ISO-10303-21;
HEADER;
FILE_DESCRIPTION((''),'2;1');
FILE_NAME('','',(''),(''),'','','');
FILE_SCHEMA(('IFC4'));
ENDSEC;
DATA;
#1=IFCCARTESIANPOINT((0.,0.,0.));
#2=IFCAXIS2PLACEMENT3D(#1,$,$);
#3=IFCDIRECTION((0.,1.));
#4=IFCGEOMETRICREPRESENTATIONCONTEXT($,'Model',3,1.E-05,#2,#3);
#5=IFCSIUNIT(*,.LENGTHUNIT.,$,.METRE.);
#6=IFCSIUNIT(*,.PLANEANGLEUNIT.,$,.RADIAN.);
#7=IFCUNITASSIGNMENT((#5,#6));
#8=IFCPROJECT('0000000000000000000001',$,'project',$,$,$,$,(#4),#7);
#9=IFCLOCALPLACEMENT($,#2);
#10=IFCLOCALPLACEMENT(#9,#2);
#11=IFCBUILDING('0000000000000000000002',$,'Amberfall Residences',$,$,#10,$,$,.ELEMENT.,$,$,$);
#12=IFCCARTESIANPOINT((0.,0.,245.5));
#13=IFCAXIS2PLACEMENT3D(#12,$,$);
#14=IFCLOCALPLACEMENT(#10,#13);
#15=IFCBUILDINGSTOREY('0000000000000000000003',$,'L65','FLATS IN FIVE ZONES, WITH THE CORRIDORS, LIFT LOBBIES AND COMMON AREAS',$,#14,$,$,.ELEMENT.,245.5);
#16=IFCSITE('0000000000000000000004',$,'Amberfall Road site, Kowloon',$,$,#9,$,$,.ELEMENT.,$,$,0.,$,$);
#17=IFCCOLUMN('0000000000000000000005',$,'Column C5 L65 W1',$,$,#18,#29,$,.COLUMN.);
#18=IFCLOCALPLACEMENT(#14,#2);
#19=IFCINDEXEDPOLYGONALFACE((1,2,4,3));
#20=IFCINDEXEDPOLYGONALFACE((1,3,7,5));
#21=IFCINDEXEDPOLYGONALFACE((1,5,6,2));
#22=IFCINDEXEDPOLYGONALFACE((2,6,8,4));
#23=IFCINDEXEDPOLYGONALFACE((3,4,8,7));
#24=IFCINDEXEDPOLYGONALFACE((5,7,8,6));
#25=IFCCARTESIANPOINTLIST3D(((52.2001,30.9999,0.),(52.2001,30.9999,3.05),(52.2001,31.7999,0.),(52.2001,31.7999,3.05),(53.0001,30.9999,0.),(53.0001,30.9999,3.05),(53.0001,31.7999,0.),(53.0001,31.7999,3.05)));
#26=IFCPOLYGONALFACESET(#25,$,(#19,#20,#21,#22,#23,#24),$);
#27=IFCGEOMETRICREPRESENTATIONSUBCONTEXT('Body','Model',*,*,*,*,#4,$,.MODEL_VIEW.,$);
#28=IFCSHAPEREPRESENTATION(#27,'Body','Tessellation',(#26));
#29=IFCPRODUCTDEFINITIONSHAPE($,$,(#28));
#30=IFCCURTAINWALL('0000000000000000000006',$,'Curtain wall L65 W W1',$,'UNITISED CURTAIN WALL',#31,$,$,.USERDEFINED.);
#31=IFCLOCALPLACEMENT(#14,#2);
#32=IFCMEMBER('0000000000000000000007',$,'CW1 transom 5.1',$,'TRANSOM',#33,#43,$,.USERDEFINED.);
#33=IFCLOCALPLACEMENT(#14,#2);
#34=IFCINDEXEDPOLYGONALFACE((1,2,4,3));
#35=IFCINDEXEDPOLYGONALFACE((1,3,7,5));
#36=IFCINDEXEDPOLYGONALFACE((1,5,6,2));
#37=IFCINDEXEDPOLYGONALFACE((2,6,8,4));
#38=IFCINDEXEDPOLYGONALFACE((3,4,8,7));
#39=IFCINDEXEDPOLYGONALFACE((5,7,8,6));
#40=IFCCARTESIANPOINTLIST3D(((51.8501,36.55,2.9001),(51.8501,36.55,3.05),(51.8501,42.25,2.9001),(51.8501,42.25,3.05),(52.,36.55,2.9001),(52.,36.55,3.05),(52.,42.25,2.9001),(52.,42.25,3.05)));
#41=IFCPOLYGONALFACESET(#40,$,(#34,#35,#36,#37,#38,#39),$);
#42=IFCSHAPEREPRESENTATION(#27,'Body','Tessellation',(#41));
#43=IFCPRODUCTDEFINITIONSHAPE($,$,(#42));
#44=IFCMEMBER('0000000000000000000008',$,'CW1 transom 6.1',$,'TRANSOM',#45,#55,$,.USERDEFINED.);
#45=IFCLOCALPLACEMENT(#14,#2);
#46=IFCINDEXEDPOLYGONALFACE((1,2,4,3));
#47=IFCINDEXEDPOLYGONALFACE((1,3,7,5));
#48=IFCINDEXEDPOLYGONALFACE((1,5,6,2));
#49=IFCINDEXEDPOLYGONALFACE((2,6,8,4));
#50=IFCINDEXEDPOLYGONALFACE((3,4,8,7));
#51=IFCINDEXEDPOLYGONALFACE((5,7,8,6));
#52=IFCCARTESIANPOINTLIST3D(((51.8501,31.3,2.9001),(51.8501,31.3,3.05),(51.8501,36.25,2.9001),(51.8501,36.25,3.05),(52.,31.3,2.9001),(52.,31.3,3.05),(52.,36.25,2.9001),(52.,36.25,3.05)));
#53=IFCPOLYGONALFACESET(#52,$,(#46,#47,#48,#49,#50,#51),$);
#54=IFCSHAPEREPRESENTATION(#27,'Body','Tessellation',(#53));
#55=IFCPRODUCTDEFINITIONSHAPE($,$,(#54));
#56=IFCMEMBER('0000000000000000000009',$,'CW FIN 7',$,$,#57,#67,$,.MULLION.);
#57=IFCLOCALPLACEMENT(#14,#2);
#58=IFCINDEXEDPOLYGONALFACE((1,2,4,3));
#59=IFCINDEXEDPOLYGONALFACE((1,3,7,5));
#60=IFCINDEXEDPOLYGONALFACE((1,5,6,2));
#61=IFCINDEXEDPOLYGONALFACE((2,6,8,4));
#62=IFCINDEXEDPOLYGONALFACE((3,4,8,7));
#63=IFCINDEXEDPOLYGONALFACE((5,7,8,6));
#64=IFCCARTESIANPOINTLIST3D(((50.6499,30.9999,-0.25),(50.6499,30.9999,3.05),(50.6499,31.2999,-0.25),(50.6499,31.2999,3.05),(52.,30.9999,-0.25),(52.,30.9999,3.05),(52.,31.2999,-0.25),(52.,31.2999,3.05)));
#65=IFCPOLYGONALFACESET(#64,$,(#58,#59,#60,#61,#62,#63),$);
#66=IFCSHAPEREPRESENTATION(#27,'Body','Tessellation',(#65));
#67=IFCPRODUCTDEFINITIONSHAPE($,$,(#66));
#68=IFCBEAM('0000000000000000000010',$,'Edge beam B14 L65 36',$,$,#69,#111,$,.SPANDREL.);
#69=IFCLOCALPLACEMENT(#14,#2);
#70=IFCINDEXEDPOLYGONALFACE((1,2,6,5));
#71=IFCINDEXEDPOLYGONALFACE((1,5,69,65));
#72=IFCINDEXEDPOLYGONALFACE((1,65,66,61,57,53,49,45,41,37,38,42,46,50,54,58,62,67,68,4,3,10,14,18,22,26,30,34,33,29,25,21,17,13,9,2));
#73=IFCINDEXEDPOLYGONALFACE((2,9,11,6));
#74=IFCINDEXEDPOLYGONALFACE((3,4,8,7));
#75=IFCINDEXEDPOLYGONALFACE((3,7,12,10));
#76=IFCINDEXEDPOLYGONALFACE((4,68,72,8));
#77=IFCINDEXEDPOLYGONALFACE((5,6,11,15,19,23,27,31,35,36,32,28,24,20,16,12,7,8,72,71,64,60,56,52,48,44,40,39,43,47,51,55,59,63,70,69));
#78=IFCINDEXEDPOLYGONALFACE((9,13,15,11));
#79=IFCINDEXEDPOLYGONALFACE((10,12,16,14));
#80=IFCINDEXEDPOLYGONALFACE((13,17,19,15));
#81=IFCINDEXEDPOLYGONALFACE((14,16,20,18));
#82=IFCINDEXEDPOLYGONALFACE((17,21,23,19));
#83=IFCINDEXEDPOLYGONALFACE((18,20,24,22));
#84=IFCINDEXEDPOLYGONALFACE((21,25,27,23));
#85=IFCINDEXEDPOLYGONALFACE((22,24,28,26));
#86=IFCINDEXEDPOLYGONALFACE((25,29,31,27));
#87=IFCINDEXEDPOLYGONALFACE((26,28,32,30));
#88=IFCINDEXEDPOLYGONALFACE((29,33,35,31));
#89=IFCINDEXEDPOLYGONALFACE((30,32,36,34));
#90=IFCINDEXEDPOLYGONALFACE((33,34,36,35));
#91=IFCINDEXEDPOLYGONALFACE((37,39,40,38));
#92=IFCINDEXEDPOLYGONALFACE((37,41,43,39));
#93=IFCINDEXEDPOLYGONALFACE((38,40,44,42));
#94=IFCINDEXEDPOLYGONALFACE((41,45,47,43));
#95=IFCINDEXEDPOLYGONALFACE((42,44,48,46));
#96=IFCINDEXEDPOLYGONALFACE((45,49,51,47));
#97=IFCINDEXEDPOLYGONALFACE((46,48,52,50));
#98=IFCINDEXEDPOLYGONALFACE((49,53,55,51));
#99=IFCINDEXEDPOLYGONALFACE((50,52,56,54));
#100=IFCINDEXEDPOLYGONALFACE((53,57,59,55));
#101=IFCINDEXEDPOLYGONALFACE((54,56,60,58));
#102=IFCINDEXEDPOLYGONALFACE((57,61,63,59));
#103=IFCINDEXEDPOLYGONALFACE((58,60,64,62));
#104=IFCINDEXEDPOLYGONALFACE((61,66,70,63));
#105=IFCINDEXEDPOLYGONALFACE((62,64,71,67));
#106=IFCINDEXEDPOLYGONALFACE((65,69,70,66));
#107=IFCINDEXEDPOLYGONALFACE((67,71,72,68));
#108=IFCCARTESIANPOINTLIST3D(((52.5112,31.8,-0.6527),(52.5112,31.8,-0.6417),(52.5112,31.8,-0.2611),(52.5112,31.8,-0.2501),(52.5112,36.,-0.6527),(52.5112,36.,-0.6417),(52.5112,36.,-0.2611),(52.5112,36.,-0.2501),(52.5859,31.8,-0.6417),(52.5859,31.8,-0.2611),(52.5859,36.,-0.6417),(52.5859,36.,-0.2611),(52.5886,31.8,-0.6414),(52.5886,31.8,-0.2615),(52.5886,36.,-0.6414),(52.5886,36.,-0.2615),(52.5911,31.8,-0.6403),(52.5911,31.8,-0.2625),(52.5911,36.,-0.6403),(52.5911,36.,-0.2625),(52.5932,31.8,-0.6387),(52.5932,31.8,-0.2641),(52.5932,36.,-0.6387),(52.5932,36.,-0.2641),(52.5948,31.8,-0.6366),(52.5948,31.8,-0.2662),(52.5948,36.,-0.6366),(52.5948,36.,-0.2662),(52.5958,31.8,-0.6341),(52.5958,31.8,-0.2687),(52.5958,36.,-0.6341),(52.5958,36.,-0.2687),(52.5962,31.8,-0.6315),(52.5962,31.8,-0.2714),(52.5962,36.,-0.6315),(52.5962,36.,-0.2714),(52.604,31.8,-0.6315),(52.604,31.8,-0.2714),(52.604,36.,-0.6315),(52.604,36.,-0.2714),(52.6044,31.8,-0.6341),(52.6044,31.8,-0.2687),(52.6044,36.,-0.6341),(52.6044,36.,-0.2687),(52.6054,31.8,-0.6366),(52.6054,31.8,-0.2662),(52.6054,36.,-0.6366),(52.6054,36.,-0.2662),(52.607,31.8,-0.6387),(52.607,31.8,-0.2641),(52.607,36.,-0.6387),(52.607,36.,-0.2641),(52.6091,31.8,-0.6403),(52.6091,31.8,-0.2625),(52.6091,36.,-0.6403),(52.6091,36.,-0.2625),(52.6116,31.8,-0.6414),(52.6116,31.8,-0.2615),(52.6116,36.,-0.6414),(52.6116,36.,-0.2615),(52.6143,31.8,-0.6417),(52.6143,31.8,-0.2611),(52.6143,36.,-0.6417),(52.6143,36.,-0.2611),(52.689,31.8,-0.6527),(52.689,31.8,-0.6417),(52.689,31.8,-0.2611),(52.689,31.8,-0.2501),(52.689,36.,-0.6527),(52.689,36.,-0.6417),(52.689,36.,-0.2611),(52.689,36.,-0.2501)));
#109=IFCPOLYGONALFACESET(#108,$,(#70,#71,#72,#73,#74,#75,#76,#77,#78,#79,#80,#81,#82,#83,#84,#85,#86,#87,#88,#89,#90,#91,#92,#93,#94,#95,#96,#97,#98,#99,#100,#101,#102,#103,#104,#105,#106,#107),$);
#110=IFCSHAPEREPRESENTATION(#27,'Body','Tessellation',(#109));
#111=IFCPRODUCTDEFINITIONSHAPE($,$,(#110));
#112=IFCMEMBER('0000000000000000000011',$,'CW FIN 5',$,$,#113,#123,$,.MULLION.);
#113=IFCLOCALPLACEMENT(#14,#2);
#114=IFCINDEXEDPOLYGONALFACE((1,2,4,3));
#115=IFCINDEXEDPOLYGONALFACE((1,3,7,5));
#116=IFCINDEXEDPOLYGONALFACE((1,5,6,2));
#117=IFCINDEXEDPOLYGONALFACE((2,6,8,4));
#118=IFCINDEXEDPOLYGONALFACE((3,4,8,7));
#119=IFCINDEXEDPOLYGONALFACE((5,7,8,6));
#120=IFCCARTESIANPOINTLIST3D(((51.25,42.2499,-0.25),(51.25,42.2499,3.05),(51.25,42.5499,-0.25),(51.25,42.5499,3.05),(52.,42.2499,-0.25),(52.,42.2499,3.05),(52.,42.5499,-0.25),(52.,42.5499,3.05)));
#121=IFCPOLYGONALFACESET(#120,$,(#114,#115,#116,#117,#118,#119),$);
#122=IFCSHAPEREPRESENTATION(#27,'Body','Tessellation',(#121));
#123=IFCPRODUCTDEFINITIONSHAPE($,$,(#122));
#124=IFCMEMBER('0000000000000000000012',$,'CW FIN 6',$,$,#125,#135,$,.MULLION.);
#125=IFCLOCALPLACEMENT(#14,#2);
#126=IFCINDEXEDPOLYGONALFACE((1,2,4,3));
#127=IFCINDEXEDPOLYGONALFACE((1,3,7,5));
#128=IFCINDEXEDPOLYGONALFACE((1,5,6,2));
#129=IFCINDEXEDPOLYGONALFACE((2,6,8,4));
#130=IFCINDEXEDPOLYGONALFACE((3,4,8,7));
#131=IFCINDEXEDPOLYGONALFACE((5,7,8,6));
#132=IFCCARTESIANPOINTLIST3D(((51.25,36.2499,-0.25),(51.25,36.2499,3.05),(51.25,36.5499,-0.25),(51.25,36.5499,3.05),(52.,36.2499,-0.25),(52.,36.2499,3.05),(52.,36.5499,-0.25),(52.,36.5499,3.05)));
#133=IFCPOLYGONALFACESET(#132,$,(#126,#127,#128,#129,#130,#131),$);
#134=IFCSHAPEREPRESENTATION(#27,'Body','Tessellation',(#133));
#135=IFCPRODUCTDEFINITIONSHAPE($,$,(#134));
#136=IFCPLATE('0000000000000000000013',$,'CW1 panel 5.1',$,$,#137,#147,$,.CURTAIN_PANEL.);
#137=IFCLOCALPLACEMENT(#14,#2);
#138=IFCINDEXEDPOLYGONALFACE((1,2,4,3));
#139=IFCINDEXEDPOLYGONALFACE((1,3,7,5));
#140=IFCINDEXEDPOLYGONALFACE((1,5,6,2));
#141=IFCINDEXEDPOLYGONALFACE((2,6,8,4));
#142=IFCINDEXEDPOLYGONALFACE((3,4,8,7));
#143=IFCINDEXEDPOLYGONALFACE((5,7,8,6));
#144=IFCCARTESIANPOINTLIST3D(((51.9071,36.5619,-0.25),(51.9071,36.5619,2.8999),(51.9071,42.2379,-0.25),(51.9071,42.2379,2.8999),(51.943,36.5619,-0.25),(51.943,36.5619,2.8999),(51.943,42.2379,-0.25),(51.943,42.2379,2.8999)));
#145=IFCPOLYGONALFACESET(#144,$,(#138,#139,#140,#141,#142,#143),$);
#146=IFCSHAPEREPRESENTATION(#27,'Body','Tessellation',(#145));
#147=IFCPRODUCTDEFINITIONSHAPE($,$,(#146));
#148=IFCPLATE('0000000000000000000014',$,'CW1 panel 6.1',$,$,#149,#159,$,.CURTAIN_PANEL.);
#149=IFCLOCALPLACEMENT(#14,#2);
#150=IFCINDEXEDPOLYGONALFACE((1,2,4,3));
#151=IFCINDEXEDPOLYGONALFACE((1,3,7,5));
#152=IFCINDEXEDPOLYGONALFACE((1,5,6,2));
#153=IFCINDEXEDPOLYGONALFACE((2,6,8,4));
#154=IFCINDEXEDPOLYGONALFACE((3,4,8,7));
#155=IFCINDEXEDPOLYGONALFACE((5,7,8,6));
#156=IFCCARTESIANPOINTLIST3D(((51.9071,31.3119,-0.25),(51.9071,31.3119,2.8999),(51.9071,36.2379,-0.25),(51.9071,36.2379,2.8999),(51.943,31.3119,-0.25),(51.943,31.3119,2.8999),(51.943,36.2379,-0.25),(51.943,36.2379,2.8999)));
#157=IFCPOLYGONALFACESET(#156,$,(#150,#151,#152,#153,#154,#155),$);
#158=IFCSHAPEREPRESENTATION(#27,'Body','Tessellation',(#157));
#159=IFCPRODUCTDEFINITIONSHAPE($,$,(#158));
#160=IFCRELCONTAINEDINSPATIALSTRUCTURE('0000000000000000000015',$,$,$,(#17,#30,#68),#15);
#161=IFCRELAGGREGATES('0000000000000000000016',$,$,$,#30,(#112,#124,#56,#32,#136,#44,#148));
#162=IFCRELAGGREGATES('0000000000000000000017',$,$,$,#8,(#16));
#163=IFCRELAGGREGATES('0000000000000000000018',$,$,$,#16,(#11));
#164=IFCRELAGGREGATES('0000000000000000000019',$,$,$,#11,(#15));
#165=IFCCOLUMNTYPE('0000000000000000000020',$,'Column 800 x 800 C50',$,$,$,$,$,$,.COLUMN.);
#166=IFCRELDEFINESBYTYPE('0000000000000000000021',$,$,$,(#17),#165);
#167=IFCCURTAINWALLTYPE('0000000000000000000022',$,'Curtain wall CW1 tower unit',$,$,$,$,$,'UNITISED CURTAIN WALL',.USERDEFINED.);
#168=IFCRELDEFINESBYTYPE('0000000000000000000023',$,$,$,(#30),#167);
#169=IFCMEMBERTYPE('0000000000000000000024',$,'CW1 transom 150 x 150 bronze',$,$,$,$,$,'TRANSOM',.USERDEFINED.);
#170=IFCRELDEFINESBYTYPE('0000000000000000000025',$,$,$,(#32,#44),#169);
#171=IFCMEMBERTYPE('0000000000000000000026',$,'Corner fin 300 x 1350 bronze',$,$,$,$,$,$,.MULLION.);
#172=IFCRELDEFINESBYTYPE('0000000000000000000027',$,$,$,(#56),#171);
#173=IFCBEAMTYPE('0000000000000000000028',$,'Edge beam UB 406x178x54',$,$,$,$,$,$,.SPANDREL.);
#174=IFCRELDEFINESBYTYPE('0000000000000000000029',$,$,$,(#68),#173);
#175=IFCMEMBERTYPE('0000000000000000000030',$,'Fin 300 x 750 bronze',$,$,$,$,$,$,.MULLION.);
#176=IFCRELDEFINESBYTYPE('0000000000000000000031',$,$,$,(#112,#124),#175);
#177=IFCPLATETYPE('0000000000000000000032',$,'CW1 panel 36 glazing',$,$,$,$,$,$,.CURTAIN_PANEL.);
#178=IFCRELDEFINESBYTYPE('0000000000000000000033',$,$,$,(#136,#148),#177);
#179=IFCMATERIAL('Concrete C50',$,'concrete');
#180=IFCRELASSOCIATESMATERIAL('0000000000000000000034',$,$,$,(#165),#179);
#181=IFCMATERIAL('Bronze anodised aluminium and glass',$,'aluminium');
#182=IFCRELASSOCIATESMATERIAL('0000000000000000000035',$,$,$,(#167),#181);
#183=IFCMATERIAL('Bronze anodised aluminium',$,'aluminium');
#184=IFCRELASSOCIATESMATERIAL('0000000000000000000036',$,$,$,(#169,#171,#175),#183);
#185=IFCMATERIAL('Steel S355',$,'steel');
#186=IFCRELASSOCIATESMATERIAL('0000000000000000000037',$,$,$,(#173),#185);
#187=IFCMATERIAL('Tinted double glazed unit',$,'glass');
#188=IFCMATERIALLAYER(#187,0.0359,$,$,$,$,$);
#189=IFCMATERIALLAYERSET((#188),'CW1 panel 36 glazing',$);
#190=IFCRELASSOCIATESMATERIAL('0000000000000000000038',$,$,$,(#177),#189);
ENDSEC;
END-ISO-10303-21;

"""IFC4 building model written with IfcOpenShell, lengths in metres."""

from ifc_helpers import new_model, si_unit, direction, frame, origin, origin_2d, place, context, subcontext, project, spatial, rectangle, i_section, extrude, material, layer, layer_set, material_profile, profile_set, type_object, element, aggregate, save


model = new_model("IFC4")

# Units and contexts
model_context = context("Model", 3, precision=1e-05, world=origin(), true_north=direction((0.0, 1.0)))
body_context = subcontext(model_context, "Body", "Model", "MODEL_VIEW")
ifc_project = project(units=[si_unit("LENGTHUNIT", "METRE"), si_unit("PLANEANGLEUNIT", "RADIAN")], contexts=[model_context])

# Site, building, storey
site_placement = place(None, origin())
site = spatial("IfcSite", under=ifc_project, at=site_placement, Name="Amberfall Road site, Kowloon", CompositionType="ELEMENT", RefElevation=0.0)
building_placement = place(site_placement, origin())
building = spatial("IfcBuilding", under=site, at=building_placement, Name="Amberfall Residences", CompositionType="ELEMENT")
storey_placement = place(building_placement, frame((0.0, 0.0, 245.5)))
storey = spatial("IfcBuildingStorey", under=building, at=storey_placement, Name="L65", Description="FLATS IN FIVE ZONES, WITH THE CORRIDORS, LIFT LOBBIES AND COMMON AREAS", CompositionType="ELEMENT", Elevation=245.5)

# Column
ifc_material_1 = material(Name="Concrete C50", Category="concrete")
ifc_material_profile_1 = material_profile(ifc_material_1, rectangle(XDim=0.8, YDim=0.8, at=origin_2d()), Name="Column 800 x 800 C50")
ifc_profile_set_1 = profile_set([ifc_material_profile_1], Name="Concrete C50")
column_type = type_object("IfcColumnType", Name="Column 800 x 800 C50", PredefinedType="COLUMN", material=ifc_profile_set_1)
column_placement = place(storey_placement, frame((52.6001, 31.3999, 0.0), z_axis=(0.0, 0.0, 1.0), x_axis=(1.0, 0.0, 0.0)))
element("IfcColumn", 1, at=column_placement, inside=storey, type_object=column_type, Name="Column C5 L65 W1", PredefinedType="COLUMN", context=body_context, shape_type="SweptSolid", body=[
    extrude(rectangle(XDim=0.8, YDim=0.8, at=origin_2d()), origin(), (0.0, 0.0, 1.0), 3.05),
])

# Curtain wall, members
ifc_material_2 = material(Name="Bronze anodised aluminium and glass", Category="aluminium")
curtain_wall_type = type_object("IfcCurtainWallType", Name="Curtain wall CW1 tower unit", ElementType="UNITISED CURTAIN WALL", PredefinedType="USERDEFINED", material=ifc_material_2)
curtain_wall_placement = place(storey_placement, origin())
curtain_wall = element("IfcCurtainWall", 2, at=curtain_wall_placement, inside=storey, type_object=curtain_wall_type, Name="Curtain wall L65 W W1", ObjectType="UNITISED CURTAIN WALL", PredefinedType="USERDEFINED")
ifc_material_3 = material(Name="Bronze anodised aluminium", Category="aluminium")
ifc_material_profile_2 = material_profile(ifc_material_3, rectangle(XDim=0.1499, YDim=0.1499, at=origin_2d()), Name="CW1 transom 150 x 150 bronze")
ifc_profile_set_2 = profile_set([ifc_material_profile_2], Name="Bronze anodised aluminium")
member_type_1 = type_object("IfcMemberType", Name="CW1 transom 150 x 150 bronze", ElementType="TRANSOM", PredefinedType="USERDEFINED", material=ifc_profile_set_2)
member_1_placement = place(storey_placement, frame((51.925, 42.25, 2.9751), z_axis=(0.0, -1.0, 0.0), x_axis=(1.0, 0.0, 0.0)))
member_1 = element("IfcMember", 3, at=member_1_placement, type_object=member_type_1, Name="CW1 transom 5.1", ObjectType="TRANSOM", PredefinedType="USERDEFINED", context=body_context, shape_type="SweptSolid", body=[
    extrude(rectangle(XDim=0.1499, YDim=0.1499, at=origin_2d()), origin(), (0.0, 0.0, 1.0), 5.7),
])
member_2_placement = place(storey_placement, frame((51.925, 36.25, 2.9751), z_axis=(0.0, -1.0, 0.0), x_axis=(1.0, 0.0, 0.0)))
member_2 = element("IfcMember", 4, at=member_2_placement, type_object=member_type_1, Name="CW1 transom 6.1", ObjectType="TRANSOM", PredefinedType="USERDEFINED", context=body_context, shape_type="SweptSolid", body=[
    extrude(rectangle(XDim=0.1499, YDim=0.1499, at=origin_2d()), origin(), (0.0, 0.0, 1.0), 4.95),
])
ifc_material_profile_3 = material_profile(ifc_material_3, rectangle(XDim=1.3501, YDim=0.3, at=origin_2d()), Name="Corner fin 300 x 1350 bronze")
ifc_profile_set_3 = profile_set([ifc_material_profile_3], Name="Bronze anodised aluminium")
member_type_2 = type_object("IfcMemberType", Name="Corner fin 300 x 1350 bronze", PredefinedType="MULLION", material=ifc_profile_set_3)
member_3_placement = place(storey_placement, frame((51.325, 31.1499, -0.25), z_axis=(0.0, 0.0, 1.0), x_axis=(1.0, 0.0, 0.0)))
member_3 = element("IfcMember", 5, at=member_3_placement, type_object=member_type_2, Name="CW FIN 7", PredefinedType="MULLION", context=body_context, shape_type="SweptSolid", body=[
    extrude(rectangle(XDim=1.3501, YDim=0.3, at=origin_2d()), origin(), (0.0, 0.0, 1.0), 3.3),
])

# Beam
ifc_material_4 = material(Name="Steel S355", Category="steel")
ifc_material_profile_4 = material_profile(ifc_material_4, i_section(OverallWidth=0.1777, OverallDepth=0.4026, WebThickness=0.0078, FlangeThickness=0.011, FilletRadius=0.0103, at=origin_2d()), Name="UB 406x178x54")
ifc_profile_set_4 = profile_set([ifc_material_profile_4], Name="Steel S355")
beam_type = type_object("IfcBeamType", Name="Edge beam UB 406x178x54", PredefinedType="SPANDREL", material=ifc_profile_set_4)
beam_placement = place(storey_placement, frame((52.6001, 31.8, -0.4514), z_axis=(0.0, 1.0, 0.0), x_axis=(-1.0, 0.0, 0.0)))
element("IfcBeam", 6, at=beam_placement, inside=storey, type_object=beam_type, Name="Edge beam B14 L65 36", PredefinedType="SPANDREL", context=body_context, shape_type="SweptSolid", body=[
    extrude(i_section(OverallWidth=0.1777, OverallDepth=0.4026, WebThickness=0.0078, FlangeThickness=0.011, FilletRadius=0.0103, at=origin_2d()), origin(), (0.0, 0.0, 1.0), 4.2),
])

# Members
ifc_material_profile_5 = material_profile(ifc_material_3, rectangle(XDim=0.75, YDim=0.3, at=origin_2d()), Name="Fin 300 x 750 bronze")
ifc_profile_set_5 = profile_set([ifc_material_profile_5], Name="Bronze anodised aluminium")
member_type_3 = type_object("IfcMemberType", Name="Fin 300 x 750 bronze", PredefinedType="MULLION", material=ifc_profile_set_5)
member_4_placement = place(storey_placement, frame((51.625, 42.3999, -0.25), z_axis=(0.0, 0.0, 1.0), x_axis=(1.0, 0.0, 0.0)))
member_4 = element("IfcMember", 7, at=member_4_placement, type_object=member_type_3, Name="CW FIN 5", PredefinedType="MULLION", context=body_context, shape_type="SweptSolid", body=[
    extrude(rectangle(XDim=0.75, YDim=0.3, at=origin_2d()), origin(), (0.0, 0.0, 1.0), 3.3),
])
member_5_placement = place(storey_placement, frame((51.625, 36.3999, -0.25), z_axis=(0.0, 0.0, 1.0), x_axis=(1.0, 0.0, 0.0)))
member_5 = element("IfcMember", 8, at=member_5_placement, type_object=member_type_3, Name="CW FIN 6", PredefinedType="MULLION", context=body_context, shape_type="SweptSolid", body=[
    extrude(rectangle(XDim=0.75, YDim=0.3, at=origin_2d()), origin(), (0.0, 0.0, 1.0), 3.3),
])

# Plates
ifc_material_5 = material(Name="Tinted double glazed unit", Category="glass")
ifc_layer_1 = layer(ifc_material_5, 0.0359)
ifc_layer_set_1 = layer_set([ifc_layer_1], Name="CW1 panel 36 glazing")
plate_type = type_object("IfcPlateType", Name="CW1 panel 36 glazing", PredefinedType="CURTAIN_PANEL", material=ifc_layer_set_1)
plate_1_placement = place(storey_placement, frame((51.925, 39.3999, -0.25), z_axis=(0.0, 0.0, 1.0), x_axis=(0.0, -1.0, 0.0)))
plate_1 = element("IfcPlate", 9, at=plate_1_placement, type_object=plate_type, Name="CW1 panel 5.1", PredefinedType="CURTAIN_PANEL", context=body_context, shape_type="SweptSolid", body=[
    extrude(rectangle(XDim=5.676, YDim=0.0359, at=origin_2d()), origin(), (0.0, 0.0, 1.0), 3.1499),
])
plate_2_placement = place(storey_placement, frame((51.925, 33.7749, -0.25), z_axis=(0.0, 0.0, 1.0), x_axis=(0.0, -1.0, 0.0)))
plate_2 = element("IfcPlate", 10, at=plate_2_placement, type_object=plate_type, Name="CW1 panel 6.1", PredefinedType="CURTAIN_PANEL", context=body_context, shape_type="SweptSolid", body=[
    extrude(rectangle(XDim=4.926, YDim=0.0359, at=origin_2d()), origin(), (0.0, 0.0, 1.0), 3.1499),
])
aggregate(curtain_wall, [member_4, member_5, member_3, member_1, plate_1, member_2, plate_2])

save(model, "model.ifc")
